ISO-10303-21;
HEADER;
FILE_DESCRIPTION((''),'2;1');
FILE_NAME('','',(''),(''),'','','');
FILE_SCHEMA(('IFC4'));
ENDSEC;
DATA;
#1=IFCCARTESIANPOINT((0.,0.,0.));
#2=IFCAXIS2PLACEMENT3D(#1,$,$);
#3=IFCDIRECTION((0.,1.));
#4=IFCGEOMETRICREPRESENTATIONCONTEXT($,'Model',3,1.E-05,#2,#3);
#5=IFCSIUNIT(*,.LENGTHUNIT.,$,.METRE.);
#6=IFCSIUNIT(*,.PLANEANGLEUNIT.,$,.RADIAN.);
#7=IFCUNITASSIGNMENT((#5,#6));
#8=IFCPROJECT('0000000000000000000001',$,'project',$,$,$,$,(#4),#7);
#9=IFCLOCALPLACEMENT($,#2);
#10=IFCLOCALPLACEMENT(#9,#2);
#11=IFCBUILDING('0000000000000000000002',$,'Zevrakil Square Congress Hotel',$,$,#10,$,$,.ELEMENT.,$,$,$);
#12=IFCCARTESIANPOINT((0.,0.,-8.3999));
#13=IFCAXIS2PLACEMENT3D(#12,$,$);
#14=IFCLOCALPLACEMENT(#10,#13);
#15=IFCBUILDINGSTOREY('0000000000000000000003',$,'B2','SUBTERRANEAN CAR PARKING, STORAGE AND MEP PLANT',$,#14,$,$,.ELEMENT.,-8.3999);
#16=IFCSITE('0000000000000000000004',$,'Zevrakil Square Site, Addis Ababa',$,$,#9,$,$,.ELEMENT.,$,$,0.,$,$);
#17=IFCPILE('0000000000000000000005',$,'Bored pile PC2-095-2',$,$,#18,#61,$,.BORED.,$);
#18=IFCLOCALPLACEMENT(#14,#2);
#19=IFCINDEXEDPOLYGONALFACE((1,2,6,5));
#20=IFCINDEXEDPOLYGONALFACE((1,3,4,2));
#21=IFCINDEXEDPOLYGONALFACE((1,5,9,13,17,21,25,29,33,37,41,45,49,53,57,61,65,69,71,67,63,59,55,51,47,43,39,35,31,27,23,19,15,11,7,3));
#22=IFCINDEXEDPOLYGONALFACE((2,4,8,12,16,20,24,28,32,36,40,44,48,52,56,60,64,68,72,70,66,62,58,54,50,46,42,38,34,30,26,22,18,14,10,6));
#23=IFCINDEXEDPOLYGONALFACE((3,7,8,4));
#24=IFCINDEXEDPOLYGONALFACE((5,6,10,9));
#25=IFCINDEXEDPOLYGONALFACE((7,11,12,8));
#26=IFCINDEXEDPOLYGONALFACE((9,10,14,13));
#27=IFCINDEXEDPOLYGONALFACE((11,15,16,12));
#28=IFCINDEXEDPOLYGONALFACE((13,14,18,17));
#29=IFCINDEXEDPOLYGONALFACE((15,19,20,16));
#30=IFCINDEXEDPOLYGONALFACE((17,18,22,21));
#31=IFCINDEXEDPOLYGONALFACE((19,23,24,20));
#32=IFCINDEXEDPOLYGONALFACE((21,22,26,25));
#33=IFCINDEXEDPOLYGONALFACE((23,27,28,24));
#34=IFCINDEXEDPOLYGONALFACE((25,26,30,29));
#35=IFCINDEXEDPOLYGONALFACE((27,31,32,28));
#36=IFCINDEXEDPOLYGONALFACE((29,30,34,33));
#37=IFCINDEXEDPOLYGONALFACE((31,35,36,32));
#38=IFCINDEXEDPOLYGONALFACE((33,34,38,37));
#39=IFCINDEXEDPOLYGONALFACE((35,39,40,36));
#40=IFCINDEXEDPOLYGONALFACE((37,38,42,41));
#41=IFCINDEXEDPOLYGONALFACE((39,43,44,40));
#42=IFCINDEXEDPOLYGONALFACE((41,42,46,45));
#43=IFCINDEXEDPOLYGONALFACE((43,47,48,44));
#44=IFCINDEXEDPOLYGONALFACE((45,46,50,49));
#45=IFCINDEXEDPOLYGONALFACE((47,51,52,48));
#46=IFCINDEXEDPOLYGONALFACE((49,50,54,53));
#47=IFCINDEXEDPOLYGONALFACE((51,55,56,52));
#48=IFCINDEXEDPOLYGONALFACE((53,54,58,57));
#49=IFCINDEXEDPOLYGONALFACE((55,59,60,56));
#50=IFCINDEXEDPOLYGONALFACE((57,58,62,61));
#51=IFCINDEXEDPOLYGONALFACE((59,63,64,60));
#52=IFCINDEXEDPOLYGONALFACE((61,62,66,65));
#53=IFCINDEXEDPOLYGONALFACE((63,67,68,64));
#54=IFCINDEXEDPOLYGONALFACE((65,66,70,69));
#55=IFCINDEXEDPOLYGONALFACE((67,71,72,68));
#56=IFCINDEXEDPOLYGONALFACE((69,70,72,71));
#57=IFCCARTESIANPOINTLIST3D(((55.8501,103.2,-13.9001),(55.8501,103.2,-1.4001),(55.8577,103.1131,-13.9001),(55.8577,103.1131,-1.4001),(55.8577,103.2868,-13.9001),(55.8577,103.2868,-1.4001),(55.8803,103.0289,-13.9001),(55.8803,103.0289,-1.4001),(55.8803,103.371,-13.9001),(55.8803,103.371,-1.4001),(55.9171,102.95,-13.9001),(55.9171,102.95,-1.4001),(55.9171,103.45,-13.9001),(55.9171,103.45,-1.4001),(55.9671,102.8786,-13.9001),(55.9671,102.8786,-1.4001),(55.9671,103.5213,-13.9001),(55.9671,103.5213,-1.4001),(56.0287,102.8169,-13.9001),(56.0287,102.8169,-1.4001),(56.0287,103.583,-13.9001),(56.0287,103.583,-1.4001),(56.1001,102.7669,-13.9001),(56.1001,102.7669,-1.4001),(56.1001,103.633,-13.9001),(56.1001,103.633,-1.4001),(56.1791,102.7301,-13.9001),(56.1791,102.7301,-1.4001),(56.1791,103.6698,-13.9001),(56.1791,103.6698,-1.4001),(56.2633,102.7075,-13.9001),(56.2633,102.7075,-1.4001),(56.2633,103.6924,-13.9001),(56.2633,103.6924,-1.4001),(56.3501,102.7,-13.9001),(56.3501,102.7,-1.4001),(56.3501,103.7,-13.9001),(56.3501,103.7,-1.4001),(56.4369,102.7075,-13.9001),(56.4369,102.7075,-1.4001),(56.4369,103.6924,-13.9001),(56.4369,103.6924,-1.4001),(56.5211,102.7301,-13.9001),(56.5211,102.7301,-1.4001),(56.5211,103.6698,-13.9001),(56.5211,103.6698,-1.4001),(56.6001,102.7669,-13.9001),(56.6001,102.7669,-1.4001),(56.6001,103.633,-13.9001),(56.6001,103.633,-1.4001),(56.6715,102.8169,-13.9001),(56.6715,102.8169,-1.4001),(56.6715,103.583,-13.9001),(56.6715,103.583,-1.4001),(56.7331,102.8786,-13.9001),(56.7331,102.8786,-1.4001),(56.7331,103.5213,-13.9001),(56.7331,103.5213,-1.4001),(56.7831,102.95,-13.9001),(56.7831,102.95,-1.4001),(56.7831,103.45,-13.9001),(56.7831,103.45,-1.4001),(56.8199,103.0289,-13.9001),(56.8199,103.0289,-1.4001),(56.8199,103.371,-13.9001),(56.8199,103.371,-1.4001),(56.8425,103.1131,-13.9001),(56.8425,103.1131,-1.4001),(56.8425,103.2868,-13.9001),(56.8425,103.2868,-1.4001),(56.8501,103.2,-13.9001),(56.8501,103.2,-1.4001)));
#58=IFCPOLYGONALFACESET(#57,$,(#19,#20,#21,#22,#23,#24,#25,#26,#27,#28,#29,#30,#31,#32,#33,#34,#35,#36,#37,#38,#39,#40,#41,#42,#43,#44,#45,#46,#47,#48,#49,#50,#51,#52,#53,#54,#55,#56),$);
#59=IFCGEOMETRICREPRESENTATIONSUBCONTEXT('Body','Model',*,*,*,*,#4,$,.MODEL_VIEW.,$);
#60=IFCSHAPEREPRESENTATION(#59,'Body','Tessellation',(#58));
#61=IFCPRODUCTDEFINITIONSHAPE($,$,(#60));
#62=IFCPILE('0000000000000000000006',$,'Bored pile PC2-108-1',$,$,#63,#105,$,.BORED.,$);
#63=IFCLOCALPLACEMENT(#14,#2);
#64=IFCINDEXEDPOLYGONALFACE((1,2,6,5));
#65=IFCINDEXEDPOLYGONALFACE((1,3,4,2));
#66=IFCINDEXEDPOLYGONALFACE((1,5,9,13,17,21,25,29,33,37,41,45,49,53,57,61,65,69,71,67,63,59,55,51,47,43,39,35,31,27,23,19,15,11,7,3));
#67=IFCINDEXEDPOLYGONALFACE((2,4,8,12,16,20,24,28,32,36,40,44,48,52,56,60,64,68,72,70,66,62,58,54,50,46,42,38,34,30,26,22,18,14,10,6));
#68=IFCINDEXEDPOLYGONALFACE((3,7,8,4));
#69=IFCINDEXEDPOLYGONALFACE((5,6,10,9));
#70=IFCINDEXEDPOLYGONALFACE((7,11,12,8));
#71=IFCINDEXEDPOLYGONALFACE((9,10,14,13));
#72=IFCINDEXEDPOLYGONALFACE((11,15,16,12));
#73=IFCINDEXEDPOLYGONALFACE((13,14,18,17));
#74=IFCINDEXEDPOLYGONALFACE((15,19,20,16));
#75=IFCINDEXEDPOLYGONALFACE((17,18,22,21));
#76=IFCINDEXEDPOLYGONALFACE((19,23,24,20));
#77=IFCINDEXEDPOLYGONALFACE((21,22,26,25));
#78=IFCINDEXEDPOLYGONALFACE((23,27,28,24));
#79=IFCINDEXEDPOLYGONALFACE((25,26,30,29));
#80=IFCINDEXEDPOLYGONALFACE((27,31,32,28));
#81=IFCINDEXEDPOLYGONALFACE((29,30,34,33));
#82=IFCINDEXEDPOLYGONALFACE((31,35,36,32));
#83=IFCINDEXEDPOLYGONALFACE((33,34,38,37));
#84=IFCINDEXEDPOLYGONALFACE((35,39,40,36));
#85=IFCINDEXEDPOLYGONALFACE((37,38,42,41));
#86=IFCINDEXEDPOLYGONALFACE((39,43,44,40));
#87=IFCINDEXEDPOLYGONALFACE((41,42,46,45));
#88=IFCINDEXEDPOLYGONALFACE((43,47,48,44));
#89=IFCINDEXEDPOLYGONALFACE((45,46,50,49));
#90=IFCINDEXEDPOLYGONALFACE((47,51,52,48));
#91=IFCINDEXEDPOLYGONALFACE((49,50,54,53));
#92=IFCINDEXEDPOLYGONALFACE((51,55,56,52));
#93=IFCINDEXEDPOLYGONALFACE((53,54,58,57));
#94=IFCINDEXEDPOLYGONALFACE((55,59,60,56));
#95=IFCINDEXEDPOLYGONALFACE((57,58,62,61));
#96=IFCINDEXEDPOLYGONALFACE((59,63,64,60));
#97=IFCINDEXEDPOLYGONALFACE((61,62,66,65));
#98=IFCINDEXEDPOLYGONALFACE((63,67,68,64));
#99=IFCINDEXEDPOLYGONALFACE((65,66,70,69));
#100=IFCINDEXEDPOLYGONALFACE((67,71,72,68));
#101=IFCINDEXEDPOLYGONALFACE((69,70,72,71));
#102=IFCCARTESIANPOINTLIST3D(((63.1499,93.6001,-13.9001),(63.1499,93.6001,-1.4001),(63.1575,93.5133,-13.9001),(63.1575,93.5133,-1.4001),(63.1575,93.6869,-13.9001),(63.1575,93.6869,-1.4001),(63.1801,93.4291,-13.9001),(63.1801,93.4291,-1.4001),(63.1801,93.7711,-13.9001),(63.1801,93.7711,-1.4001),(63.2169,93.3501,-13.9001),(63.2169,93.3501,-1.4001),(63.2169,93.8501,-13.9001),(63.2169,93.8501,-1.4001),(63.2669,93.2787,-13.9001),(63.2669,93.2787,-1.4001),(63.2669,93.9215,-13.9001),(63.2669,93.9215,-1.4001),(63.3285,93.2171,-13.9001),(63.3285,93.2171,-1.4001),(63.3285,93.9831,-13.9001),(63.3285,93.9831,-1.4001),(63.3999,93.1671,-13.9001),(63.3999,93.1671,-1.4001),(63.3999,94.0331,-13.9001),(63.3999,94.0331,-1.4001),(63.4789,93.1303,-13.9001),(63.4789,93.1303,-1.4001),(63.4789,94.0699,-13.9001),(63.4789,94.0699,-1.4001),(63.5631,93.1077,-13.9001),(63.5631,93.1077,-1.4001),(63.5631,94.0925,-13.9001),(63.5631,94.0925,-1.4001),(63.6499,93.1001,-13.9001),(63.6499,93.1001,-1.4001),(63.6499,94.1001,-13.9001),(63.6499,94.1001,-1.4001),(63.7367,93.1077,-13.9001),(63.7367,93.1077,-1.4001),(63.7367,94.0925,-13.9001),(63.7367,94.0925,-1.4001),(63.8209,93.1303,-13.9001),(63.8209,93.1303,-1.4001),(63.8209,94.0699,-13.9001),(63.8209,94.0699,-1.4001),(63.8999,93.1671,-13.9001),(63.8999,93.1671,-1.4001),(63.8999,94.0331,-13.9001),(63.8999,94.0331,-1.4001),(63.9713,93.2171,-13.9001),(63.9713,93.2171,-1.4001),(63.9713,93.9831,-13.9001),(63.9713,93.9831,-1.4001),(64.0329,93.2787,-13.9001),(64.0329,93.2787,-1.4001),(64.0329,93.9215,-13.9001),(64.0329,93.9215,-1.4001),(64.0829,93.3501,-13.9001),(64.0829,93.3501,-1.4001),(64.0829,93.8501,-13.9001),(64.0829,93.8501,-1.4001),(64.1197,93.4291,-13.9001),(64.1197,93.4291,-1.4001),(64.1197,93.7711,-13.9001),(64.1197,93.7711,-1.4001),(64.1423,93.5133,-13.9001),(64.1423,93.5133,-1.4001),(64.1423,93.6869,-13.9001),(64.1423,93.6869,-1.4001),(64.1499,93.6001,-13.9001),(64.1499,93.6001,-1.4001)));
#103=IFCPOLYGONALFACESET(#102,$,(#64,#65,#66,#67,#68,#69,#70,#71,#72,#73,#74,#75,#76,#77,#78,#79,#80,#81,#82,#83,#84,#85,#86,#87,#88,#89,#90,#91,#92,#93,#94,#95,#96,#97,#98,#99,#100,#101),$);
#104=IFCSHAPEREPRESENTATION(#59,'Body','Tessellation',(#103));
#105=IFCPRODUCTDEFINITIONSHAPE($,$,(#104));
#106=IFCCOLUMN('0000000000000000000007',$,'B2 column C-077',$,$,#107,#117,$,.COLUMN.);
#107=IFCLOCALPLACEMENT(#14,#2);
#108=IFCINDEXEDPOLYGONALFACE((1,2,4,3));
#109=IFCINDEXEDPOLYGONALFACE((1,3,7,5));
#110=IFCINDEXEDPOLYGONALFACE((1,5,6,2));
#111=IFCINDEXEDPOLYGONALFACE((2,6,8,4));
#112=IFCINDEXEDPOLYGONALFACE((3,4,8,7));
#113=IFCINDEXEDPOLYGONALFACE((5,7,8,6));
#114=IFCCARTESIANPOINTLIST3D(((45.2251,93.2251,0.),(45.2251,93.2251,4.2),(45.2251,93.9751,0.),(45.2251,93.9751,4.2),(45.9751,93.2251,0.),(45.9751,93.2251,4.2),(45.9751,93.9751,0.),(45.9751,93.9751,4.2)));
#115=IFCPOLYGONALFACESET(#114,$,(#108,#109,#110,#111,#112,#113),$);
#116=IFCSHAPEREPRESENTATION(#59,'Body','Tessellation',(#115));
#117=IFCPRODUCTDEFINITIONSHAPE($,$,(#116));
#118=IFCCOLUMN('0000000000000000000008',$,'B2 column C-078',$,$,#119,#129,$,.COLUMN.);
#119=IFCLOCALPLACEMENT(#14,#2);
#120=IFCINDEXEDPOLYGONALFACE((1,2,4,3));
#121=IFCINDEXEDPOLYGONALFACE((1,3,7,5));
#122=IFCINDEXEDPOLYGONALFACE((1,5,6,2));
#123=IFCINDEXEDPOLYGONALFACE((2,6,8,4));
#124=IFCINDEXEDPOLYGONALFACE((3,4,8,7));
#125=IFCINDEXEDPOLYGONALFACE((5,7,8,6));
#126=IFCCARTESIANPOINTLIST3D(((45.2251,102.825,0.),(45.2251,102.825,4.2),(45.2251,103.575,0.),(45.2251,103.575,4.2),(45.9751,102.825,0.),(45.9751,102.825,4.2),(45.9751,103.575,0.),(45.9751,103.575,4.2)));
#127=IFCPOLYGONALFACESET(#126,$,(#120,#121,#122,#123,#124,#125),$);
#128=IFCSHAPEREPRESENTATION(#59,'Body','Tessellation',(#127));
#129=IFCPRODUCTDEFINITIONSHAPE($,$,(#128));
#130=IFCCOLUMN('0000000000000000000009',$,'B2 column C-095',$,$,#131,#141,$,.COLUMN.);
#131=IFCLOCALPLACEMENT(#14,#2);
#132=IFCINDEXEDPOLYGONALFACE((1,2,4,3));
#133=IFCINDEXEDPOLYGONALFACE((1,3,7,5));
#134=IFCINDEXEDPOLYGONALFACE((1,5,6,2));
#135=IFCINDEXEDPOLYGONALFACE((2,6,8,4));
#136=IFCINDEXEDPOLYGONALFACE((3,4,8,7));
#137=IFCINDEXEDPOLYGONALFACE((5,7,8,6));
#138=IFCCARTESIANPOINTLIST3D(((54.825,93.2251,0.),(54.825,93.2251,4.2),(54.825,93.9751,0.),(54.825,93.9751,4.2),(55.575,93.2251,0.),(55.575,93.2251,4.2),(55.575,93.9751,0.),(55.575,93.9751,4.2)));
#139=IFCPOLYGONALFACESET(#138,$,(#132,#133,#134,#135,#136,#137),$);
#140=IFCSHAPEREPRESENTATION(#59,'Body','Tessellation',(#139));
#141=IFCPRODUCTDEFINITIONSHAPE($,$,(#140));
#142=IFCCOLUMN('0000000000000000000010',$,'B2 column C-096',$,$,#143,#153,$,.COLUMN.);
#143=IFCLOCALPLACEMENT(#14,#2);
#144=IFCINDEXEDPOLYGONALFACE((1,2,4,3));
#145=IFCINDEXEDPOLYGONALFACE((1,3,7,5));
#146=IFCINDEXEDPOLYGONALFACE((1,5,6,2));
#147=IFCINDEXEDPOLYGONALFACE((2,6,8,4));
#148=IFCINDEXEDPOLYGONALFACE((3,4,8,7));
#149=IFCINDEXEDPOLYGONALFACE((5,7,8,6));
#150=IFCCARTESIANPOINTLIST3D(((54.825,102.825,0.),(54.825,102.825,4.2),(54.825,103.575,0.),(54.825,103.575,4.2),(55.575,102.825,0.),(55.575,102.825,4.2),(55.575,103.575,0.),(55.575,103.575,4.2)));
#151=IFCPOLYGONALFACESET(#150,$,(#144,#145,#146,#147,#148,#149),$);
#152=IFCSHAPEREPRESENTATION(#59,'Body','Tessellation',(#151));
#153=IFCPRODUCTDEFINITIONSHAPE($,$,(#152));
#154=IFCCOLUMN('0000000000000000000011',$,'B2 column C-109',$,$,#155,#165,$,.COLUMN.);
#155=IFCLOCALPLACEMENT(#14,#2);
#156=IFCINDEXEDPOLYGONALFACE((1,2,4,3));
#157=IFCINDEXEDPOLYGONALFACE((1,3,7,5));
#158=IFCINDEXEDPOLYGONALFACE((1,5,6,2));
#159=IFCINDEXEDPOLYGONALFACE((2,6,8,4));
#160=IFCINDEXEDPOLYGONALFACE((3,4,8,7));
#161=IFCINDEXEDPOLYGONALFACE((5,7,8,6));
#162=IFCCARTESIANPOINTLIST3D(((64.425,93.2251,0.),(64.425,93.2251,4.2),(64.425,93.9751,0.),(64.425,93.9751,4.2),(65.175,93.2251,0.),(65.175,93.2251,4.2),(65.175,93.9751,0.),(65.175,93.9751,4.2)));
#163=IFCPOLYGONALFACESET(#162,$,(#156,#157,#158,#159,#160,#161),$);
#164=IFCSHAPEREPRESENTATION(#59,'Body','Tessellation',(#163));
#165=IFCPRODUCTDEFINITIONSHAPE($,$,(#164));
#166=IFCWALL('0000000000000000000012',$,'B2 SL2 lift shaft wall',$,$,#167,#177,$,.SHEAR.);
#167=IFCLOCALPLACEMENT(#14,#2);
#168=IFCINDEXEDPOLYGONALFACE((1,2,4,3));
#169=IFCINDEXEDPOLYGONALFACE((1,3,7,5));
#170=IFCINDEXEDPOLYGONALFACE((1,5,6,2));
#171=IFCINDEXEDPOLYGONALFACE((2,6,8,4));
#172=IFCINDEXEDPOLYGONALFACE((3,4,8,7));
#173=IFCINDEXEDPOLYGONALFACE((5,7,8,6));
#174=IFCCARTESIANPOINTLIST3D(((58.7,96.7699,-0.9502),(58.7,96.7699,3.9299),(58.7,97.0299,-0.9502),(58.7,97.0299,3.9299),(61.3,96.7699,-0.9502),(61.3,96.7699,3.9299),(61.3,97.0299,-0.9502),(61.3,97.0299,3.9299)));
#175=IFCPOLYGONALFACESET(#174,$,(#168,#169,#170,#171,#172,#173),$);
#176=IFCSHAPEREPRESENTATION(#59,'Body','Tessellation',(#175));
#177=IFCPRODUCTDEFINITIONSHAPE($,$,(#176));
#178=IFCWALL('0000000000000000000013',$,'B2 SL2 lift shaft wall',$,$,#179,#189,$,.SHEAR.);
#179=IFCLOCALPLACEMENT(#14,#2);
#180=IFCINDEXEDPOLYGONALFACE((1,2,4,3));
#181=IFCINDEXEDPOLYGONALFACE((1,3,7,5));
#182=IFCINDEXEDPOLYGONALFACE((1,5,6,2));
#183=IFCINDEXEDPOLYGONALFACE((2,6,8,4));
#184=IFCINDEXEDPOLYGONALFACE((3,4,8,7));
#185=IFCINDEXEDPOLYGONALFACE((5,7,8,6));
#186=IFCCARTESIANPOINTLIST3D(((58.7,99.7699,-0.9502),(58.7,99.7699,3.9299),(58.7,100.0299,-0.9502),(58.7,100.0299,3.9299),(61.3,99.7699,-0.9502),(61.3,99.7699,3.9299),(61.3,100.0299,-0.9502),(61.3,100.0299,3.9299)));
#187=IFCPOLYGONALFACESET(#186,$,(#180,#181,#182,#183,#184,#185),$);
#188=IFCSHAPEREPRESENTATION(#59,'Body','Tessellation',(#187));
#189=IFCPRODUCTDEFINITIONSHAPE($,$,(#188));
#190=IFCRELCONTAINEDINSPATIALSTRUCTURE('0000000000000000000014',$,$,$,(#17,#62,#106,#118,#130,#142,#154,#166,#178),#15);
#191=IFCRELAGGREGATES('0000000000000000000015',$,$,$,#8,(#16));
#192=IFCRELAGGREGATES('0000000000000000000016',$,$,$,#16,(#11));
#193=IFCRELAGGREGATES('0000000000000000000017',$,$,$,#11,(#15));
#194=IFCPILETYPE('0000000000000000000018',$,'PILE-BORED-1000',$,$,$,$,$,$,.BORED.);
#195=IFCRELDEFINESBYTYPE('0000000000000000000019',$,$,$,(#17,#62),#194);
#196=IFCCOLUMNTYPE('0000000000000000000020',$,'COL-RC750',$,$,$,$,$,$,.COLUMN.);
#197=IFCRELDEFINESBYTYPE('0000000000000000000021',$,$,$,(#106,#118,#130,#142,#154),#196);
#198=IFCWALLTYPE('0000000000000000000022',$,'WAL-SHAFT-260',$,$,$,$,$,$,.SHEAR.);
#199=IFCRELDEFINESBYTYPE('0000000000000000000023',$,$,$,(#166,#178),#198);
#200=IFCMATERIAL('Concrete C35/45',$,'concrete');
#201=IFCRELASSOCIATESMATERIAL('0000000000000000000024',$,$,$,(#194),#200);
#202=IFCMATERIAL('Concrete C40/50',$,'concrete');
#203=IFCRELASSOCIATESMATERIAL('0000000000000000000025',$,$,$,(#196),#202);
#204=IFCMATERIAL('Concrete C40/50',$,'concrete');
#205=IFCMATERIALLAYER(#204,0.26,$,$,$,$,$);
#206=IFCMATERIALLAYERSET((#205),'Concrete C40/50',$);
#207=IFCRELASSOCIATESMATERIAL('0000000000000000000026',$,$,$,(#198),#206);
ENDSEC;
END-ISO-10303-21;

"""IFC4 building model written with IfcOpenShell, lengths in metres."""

from ifc_helpers import new_model, si_unit, direction, frame, frame_2d, origin, origin_2d, place, context, subcontext, project, spatial, rectangle, circle, extrude, material, layer, layer_set, material_profile, profile_set, type_object, element, save


model = new_model("IFC4")

# Units and contexts
model_context = context("Model", 3, precision=1e-05, world=origin(), true_north=direction((0.0, 1.0)))
body_context = subcontext(model_context, "Body", "Model", "MODEL_VIEW")
ifc_project = project(units=[si_unit("LENGTHUNIT", "METRE"), si_unit("PLANEANGLEUNIT", "RADIAN")], contexts=[model_context])

# Site, building, storey
site_placement = place(None, origin())
site = spatial("IfcSite", under=ifc_project, at=site_placement, Name="Zevrakil Square Site, Addis Ababa", CompositionType="ELEMENT", RefElevation=0.0)
building_placement = place(site_placement, origin())
building = spatial("IfcBuilding", under=site, at=building_placement, Name="Zevrakil Square Congress Hotel", CompositionType="ELEMENT")
storey_placement = place(building_placement, frame((0.0, 0.0, -8.3999)))
storey = spatial("IfcBuildingStorey", under=building, at=storey_placement, Name="B2", Description="SUBTERRANEAN CAR PARKING, STORAGE AND MEP PLANT", CompositionType="ELEMENT", Elevation=-8.3999)

# Piles
ifc_material_1 = material(Name="Concrete C35/45", Category="concrete")
ifc_material_profile_1 = material_profile(ifc_material_1, circle(Radius=0.5, at=origin_2d()), Name="PILE D1000")
ifc_profile_set_1 = profile_set([ifc_material_profile_1], Name="Concrete C35/45")
pile_type = type_object("IfcPileType", Name="PILE-BORED-1000", PredefinedType="BORED", material=ifc_profile_set_1)
for number, where, z_axis, x_axis, name in (
    (1, (56.3501, 103.2, -1.4001), (0.0, 0.0, -1.0), (1.0, 0.0, 0.0), "Bored pile PC2-095-2"),
    (2, (63.6499, 93.6001, -1.4001), (0.0, 0.0, -1.0), (1.0, 0.0, 0.0), "Bored pile PC2-108-1"),
):
    element("IfcPile", number, at=place(storey_placement, frame(where, z_axis=z_axis, x_axis=x_axis)), inside=storey, type_object=pile_type, Name=name, PredefinedType="BORED", context=body_context, shape_type="SweptSolid", body=[
        extrude(circle(Radius=0.5, at=origin_2d()), origin(), (0.0, 0.0, 1.0), 12.5),
    ])

# Columns
ifc_material_2 = material(Name="Concrete C40/50", Category="concrete")
ifc_material_profile_2 = material_profile(ifc_material_2, rectangle(XDim=0.75, YDim=0.75, at=origin_2d()), Name="RC 750x750")
ifc_profile_set_2 = profile_set([ifc_material_profile_2], Name="Concrete C40/50")
column_type = type_object("IfcColumnType", Name="COL-RC750", PredefinedType="COLUMN", material=ifc_profile_set_2)
for number, where, z_axis, x_axis, name in (
    (3, (45.6001, 93.6001, 0.0), (0.0, 0.0, 1.0), (1.0, 0.0, 0.0), "B2 column C-077"),
    (4, (45.6001, 103.2, 0.0), (0.0, 0.0, 1.0), (1.0, 0.0, 0.0), "B2 column C-078"),
    (5, (55.2, 93.6001, 0.0), (0.0, 0.0, 1.0), (1.0, 0.0, 0.0), "B2 column C-095"),
    (6, (55.2, 103.2, 0.0), (0.0, 0.0, 1.0), (1.0, 0.0, 0.0), "B2 column C-096"),
    (7, (64.8, 93.6001, 0.0), (0.0, 0.0, 1.0), (1.0, 0.0, 0.0), "B2 column C-109"),
):
    element("IfcColumn", number, at=place(storey_placement, frame(where, z_axis=z_axis, x_axis=x_axis)), inside=storey, type_object=column_type, Name=name, PredefinedType="COLUMN", context=body_context, shape_type="SweptSolid", body=[
        extrude(rectangle(XDim=0.75, YDim=0.75, at=origin_2d()), origin(), (0.0, 0.0, 1.0), 4.2),
    ])

# Walls
ifc_material_3 = material(Name="Concrete C40/50", Category="concrete")
ifc_layer = layer(ifc_material_3, 0.26)
ifc_layer_set = layer_set([ifc_layer], Name="Concrete C40/50")
wall_type = type_object("IfcWallType", Name="WAL-SHAFT-260", PredefinedType="SHEAR", material=ifc_layer_set)
for number, where, z_axis, x_axis, name in (
    (8, (58.7, 96.8999, -0.9502), (0.0, 0.0, 1.0), (1.0, 0.0, 0.0), "B2 SL2 lift shaft wall"),
    (9, (58.7, 99.8999, -0.9502), (0.0, 0.0, 1.0), (1.0, 0.0, 0.0), "B2 SL2 lift shaft wall"),
):
    element("IfcWall", number, at=place(storey_placement, frame(where, z_axis=z_axis, x_axis=x_axis)), inside=storey, type_object=wall_type, Name=name, PredefinedType="SHEAR", context=body_context, shape_type="SweptSolid", body=[
        extrude(rectangle(XDim=2.6001, YDim=0.26, at=frame_2d((1.3, 0.0))), origin(), (0.0, 0.0, 1.0), 4.8801),
    ])

save(model, "model.ifc")
